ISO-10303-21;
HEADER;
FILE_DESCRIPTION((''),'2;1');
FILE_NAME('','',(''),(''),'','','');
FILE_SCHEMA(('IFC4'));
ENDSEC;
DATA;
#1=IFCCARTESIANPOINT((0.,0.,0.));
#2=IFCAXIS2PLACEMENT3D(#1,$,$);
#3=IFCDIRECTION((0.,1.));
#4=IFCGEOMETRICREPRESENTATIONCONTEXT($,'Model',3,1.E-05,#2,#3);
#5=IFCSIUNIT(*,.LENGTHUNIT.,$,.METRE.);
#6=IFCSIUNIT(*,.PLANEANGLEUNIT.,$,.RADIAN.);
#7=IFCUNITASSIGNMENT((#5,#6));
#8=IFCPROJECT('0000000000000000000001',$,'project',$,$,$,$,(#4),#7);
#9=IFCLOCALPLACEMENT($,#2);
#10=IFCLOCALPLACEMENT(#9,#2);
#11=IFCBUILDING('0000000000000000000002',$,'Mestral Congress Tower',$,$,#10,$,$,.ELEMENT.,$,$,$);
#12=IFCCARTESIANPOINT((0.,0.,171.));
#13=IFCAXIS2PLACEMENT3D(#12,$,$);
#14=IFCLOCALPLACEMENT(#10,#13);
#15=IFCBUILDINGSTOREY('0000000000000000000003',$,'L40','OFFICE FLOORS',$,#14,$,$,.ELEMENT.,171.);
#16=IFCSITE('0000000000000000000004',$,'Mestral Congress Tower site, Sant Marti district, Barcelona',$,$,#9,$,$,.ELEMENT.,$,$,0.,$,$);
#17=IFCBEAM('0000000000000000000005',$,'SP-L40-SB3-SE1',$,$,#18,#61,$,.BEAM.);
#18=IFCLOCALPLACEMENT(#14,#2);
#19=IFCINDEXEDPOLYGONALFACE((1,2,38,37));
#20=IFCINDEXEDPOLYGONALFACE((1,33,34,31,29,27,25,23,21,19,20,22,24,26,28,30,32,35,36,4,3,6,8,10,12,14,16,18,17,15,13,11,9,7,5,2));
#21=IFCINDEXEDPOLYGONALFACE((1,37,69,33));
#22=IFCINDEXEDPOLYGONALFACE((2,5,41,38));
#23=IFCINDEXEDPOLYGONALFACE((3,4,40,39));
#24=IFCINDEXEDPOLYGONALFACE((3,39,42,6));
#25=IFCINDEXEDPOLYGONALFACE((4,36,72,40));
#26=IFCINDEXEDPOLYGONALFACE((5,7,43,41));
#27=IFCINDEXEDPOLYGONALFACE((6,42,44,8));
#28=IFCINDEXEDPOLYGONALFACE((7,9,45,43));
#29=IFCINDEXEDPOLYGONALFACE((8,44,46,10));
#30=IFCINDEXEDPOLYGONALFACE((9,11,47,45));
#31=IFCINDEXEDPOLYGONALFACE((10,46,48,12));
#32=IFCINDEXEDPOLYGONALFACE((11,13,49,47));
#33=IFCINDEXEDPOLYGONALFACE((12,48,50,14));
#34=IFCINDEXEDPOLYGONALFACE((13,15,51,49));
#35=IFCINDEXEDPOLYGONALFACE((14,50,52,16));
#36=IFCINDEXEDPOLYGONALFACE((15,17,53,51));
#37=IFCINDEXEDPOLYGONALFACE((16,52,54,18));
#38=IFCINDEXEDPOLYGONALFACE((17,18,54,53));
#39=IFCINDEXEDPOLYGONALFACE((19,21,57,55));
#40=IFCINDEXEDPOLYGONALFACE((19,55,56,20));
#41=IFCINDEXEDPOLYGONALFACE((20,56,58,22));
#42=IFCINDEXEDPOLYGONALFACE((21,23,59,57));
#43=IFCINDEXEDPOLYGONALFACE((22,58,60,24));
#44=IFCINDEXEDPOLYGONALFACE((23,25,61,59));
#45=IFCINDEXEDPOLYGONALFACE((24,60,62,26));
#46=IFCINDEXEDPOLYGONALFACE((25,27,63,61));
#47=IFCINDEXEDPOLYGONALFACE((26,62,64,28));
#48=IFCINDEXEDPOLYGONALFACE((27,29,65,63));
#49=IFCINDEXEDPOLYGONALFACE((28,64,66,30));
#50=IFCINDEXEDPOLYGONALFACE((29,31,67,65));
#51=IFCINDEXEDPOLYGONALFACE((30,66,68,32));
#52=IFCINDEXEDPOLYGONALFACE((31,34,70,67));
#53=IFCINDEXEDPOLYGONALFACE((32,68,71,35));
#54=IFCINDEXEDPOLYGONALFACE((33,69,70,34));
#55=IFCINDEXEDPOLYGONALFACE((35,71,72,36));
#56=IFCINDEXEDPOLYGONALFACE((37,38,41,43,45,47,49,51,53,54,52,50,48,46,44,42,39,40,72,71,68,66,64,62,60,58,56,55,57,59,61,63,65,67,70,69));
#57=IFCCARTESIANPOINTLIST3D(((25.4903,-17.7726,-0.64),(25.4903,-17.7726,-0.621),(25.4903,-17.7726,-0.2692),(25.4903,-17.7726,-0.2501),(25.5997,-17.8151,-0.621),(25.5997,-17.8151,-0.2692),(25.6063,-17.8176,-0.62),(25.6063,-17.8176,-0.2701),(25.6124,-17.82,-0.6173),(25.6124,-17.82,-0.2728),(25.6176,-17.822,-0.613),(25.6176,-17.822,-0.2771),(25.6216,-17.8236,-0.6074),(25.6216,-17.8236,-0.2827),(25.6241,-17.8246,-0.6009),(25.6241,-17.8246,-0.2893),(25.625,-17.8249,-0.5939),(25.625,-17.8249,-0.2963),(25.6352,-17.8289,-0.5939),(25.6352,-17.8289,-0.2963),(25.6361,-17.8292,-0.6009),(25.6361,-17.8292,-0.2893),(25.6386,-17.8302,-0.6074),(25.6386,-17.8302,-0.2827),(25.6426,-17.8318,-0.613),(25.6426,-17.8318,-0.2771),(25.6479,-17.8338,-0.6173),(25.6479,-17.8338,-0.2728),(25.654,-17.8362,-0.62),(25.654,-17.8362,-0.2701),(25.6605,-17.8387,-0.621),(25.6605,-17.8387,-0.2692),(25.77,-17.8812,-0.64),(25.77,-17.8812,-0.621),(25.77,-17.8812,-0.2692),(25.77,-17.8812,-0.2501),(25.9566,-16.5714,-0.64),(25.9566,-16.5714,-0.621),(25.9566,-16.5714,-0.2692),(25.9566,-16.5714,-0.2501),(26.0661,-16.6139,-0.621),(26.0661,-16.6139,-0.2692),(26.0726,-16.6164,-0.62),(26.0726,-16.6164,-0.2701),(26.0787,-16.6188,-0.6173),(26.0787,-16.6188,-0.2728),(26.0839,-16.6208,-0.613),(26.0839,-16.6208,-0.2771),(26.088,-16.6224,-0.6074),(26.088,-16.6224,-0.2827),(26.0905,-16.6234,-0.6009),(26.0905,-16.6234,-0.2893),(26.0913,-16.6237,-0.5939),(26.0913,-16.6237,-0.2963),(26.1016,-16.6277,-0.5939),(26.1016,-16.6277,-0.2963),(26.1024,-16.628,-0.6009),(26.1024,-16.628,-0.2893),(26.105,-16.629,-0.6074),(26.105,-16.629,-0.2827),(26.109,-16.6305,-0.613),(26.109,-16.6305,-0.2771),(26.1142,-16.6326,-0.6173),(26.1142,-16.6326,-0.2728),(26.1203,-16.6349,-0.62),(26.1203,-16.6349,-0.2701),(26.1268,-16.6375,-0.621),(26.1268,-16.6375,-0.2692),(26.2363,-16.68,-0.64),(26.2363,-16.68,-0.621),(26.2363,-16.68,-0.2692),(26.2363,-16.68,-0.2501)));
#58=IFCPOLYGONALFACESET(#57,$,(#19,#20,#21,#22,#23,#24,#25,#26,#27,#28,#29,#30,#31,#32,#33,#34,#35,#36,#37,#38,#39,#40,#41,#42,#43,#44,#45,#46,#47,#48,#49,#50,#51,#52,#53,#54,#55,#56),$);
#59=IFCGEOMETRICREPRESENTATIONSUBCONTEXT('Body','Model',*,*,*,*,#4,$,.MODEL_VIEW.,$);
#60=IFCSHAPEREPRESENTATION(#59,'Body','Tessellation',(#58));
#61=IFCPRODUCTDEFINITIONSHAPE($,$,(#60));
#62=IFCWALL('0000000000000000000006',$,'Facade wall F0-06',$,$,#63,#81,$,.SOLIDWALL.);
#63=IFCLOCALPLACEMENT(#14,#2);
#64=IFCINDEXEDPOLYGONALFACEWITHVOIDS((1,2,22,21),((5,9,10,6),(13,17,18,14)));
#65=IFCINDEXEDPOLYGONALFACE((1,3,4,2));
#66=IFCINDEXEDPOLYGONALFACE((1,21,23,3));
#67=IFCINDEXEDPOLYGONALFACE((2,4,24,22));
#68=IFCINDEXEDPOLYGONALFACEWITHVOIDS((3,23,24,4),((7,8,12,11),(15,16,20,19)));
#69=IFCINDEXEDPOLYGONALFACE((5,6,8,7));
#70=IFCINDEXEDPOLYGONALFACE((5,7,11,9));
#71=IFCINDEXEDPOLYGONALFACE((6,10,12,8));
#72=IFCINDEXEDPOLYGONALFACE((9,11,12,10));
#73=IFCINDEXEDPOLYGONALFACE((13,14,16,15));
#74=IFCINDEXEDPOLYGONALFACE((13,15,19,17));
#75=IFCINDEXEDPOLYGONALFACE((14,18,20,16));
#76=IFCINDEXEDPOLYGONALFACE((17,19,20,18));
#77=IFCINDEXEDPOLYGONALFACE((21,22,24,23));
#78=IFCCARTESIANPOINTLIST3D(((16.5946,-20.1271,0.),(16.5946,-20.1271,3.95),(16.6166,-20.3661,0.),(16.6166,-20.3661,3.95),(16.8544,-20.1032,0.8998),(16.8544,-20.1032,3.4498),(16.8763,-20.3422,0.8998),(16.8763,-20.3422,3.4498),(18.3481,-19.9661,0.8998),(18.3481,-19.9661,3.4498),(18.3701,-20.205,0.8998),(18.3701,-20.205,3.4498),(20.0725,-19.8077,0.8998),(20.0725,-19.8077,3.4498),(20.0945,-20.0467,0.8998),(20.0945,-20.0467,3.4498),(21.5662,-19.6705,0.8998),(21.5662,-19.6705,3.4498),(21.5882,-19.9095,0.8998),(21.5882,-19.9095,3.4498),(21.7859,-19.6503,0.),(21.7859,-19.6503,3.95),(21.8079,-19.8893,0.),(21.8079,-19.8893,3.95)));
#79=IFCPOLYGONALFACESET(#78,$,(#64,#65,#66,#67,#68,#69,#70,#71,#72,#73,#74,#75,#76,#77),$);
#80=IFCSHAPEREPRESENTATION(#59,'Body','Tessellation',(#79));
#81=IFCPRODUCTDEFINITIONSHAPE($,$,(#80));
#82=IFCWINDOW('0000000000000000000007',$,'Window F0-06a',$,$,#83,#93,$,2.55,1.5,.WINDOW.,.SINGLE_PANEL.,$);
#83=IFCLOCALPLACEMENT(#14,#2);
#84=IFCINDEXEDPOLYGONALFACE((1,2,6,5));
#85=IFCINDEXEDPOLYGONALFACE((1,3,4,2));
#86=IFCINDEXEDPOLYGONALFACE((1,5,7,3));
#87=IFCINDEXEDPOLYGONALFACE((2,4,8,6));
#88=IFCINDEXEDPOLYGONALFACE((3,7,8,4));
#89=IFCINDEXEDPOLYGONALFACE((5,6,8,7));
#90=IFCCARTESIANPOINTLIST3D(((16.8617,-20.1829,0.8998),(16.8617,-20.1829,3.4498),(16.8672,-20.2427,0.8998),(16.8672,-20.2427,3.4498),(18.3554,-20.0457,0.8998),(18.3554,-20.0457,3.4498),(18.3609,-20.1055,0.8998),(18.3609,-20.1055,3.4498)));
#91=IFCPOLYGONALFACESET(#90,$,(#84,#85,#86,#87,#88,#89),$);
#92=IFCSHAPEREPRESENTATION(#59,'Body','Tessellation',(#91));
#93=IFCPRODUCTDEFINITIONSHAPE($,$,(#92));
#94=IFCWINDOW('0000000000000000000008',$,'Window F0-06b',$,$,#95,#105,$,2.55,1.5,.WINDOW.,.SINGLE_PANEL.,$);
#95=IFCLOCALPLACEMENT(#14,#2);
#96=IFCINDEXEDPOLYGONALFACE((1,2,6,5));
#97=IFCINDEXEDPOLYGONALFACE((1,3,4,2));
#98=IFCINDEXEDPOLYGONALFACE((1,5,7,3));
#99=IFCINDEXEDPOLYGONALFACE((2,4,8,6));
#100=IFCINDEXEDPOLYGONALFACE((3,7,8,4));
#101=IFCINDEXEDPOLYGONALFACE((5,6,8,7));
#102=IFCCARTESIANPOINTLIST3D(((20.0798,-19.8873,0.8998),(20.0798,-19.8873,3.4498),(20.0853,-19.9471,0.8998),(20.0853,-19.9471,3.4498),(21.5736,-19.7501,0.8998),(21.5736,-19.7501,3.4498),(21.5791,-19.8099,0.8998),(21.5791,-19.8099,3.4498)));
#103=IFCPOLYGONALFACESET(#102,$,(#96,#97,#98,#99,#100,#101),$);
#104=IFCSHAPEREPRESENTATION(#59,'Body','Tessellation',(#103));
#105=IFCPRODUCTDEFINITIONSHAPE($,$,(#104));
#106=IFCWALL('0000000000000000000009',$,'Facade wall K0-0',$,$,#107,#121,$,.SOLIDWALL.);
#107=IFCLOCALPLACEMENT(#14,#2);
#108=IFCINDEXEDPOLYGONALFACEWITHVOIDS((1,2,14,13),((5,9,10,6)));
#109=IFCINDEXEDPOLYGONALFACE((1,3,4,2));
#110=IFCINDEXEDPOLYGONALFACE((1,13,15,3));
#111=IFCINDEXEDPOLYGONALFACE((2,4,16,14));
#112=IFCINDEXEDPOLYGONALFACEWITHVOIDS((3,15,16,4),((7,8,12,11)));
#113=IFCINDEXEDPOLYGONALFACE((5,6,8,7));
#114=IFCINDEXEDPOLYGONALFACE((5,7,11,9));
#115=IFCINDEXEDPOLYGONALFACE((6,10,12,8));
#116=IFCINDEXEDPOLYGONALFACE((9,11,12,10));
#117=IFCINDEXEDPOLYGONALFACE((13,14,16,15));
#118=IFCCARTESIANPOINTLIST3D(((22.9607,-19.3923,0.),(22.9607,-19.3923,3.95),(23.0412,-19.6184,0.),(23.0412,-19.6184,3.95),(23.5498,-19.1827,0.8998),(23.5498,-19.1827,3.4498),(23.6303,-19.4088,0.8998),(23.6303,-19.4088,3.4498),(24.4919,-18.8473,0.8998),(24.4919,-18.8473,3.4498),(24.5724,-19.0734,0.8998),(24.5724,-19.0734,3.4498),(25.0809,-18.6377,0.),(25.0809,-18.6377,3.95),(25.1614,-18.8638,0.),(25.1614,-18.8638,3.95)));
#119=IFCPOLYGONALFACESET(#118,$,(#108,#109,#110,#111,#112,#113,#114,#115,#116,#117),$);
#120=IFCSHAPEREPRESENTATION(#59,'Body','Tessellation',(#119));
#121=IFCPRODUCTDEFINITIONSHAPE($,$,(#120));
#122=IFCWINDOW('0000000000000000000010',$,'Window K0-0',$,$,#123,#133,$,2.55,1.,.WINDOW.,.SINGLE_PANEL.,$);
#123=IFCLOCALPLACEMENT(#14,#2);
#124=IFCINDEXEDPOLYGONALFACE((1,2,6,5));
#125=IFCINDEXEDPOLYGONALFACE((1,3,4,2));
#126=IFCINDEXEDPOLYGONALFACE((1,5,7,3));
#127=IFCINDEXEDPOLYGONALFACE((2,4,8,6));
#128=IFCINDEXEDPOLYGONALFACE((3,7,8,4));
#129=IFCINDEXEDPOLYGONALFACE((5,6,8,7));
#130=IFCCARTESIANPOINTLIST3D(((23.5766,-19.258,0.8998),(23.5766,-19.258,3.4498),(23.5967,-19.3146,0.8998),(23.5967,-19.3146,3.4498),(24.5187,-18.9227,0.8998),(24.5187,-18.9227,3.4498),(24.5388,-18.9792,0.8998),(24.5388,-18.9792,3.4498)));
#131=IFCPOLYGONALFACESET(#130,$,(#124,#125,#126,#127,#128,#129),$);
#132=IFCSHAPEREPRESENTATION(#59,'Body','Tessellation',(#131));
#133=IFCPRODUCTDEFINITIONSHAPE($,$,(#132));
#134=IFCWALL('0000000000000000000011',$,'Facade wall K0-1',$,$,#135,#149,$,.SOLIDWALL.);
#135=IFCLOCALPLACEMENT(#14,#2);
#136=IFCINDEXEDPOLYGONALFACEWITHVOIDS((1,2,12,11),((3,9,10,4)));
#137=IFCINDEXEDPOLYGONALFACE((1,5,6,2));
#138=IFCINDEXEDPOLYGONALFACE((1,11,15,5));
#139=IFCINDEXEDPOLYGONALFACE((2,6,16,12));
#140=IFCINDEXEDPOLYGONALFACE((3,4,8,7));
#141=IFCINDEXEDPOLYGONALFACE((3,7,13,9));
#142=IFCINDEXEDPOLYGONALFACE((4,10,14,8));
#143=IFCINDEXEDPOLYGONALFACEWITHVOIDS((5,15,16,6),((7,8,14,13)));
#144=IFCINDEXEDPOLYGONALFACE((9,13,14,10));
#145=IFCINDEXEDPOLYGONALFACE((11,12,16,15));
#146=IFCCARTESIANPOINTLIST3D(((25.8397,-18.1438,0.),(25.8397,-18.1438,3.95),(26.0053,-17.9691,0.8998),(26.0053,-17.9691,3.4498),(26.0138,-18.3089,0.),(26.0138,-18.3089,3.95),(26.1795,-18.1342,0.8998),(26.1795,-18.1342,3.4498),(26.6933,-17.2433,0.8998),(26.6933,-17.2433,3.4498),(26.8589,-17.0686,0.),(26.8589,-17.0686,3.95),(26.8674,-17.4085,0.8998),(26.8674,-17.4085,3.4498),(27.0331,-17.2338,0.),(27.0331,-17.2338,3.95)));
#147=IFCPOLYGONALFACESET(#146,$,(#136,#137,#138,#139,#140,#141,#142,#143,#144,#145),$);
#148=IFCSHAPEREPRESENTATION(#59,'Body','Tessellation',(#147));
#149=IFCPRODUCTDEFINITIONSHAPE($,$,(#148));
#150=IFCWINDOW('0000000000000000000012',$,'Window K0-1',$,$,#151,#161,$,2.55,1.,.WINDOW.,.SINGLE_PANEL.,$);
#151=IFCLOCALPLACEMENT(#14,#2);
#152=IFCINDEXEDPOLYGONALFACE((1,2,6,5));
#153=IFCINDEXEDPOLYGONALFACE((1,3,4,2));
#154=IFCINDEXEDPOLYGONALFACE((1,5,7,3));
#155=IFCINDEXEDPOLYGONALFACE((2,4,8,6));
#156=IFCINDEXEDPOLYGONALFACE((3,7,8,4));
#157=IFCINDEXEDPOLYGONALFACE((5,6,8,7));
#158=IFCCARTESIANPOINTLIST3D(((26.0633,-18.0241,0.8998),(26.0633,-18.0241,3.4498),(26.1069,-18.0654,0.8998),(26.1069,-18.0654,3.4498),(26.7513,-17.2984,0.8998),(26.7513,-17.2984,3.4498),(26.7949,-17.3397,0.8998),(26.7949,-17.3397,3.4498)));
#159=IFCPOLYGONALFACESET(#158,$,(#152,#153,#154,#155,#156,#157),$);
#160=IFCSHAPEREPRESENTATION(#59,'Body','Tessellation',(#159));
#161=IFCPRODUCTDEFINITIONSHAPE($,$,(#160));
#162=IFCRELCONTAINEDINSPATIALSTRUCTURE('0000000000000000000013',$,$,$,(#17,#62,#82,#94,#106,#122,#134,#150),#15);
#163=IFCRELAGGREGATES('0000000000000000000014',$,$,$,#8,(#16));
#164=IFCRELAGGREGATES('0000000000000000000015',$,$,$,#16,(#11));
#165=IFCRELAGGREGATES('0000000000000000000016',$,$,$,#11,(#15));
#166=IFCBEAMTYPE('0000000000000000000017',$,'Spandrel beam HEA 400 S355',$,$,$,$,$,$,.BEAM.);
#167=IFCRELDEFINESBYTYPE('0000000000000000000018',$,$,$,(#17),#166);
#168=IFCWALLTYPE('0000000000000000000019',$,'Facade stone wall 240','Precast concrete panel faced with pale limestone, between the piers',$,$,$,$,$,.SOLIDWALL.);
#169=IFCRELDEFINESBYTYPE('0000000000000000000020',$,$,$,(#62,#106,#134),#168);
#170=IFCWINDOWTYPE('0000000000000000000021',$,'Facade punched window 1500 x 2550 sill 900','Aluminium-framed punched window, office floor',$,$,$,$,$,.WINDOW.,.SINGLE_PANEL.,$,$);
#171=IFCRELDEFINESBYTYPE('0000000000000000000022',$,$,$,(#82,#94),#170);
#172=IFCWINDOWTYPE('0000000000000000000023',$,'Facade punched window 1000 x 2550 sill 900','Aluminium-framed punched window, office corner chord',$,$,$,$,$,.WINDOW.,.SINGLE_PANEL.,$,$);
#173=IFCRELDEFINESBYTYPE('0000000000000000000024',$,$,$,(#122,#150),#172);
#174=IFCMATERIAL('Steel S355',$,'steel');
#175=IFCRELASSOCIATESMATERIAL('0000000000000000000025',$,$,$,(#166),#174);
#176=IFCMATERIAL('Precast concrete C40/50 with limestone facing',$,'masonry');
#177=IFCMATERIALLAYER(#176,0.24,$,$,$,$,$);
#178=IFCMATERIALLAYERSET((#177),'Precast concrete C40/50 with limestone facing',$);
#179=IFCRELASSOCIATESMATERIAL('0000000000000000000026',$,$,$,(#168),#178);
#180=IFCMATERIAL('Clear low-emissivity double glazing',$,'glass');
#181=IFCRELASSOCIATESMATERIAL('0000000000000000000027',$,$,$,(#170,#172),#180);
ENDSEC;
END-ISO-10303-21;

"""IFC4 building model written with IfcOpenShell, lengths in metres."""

from ifc_helpers import new_model, si_unit, direction, frame, frame_2d, origin, origin_2d, place, context, subcontext, project, spatial, rectangle, i_section, extrude, material, layer, layer_set, material_profile, profile_set, type_object, element, fill, save


model = new_model("IFC4")

# Units and contexts
model_context = context("Model", 3, precision=1e-05, world=origin(), true_north=direction((0.0, 1.0)))
body_context = subcontext(model_context, "Body", "Model", "MODEL_VIEW")
ifc_project = project(units=[si_unit("LENGTHUNIT", "METRE"), si_unit("PLANEANGLEUNIT", "RADIAN")], contexts=[model_context])

# Site, building, storey
site_placement = place(None, origin())
site = spatial("IfcSite", under=ifc_project, at=site_placement, Name="Mestral Congress Tower site, Sant Marti district, Barcelona", CompositionType="ELEMENT", RefElevation=0.0)
building_placement = place(site_placement, origin())
building = spatial("IfcBuilding", under=site, at=building_placement, Name="Mestral Congress Tower", CompositionType="ELEMENT")
storey_placement = place(building_placement, frame((0.0, 0.0, 171.0)))
storey = spatial("IfcBuildingStorey", under=building, at=storey_placement, Name="L40", Description="OFFICE FLOORS", CompositionType="ELEMENT", Elevation=171.0)

# Beam
ifc_material_1 = material(Name="Steel S355", Category="steel")
ifc_material_profile_1 = material_profile(ifc_material_1, i_section(OverallWidth=0.3, OverallDepth=0.3899, WebThickness=0.011, FlangeThickness=0.019, FilletRadius=0.0271, at=origin_2d()), Name="HEA 400")
ifc_profile_set_1 = profile_set([ifc_material_profile_1], Name="Steel S355")
beam_type_1 = type_object("IfcBeamType", Name="Spandrel beam HEA 400 S355", PredefinedType="BEAM", material=ifc_profile_set_1)
beam_1_placement = place(storey_placement, frame((25.6301, -17.8269, -0.4451), z_axis=(0.361898, 0.932218, 0.0), x_axis=(-0.932218, 0.361898, 0.0)))
element("IfcBeam", 1, at=beam_1_placement, inside=storey, type_object=beam_type_1, Name="SP-L40-SB3-SE1", PredefinedType="BEAM", context=body_context, shape_type="SweptSolid", body=[
    extrude(i_section(OverallWidth=0.3, OverallDepth=0.3899, WebThickness=0.011, FlangeThickness=0.019, FilletRadius=0.0271, at=origin_2d()), origin(), (0.0, 0.0, 1.0), 1.2886),
])

# Wall, openings, windows
ifc_material_2 = material(Name="Precast concrete C40/50 with limestone facing", Category="masonry")
ifc_layer_1 = layer(ifc_material_2, 0.24)
ifc_layer_set_1 = layer_set([ifc_layer_1], Name="Precast concrete C40/50 with limestone facing")
wall_type_1 = type_object("IfcWallType", Name="Facade stone wall 240", Description="Precast concrete panel faced with pale limestone, between the piers", PredefinedType="SOLIDWALL", material=ifc_layer_set_1)
wall_1_placement = place(storey_placement, frame((16.6057, -20.2466, 0.0), z_axis=(0.0, 0.0, 1.0), x_axis=(0.995809, 0.09146, 0.0)))
wall_1 = element("IfcWall", 2, at=wall_1_placement, inside=storey, type_object=wall_type_1, Name="Facade wall F0-06", PredefinedType="SOLIDWALL", context=body_context, shape_type="SweptSolid", body=[
    extrude(rectangle(XDim=5.2131, YDim=0.24, at=frame_2d((2.6064, 0.0))), origin(), (0.0, 0.0, 1.0), 3.95),
])
opening_1_placement = place(wall_1_placement, frame((0.2607, 0.0, 0.8999)))
opening_1 = element("IfcOpeningElement", 3, at=opening_1_placement, cuts=wall_1, PredefinedType="OPENING", context=body_context, shape_type="SweptSolid", body=[
    extrude(rectangle(XDim=1.5, YDim=2.55, at=frame_2d((0.75, 1.2749))), frame((0.0, 0.1299, 0.0), z_axis=(0.0, -1.0, 0.0), x_axis=(1.0, 0.0, 0.0)), (0.0, 0.0, 1.0), 0.26),
])
opening_2_placement = place(wall_1_placement, frame((3.4924, 0.0, 0.8999)))
opening_2 = element("IfcOpeningElement", 4, at=opening_2_placement, cuts=wall_1, PredefinedType="OPENING", context=body_context, shape_type="SweptSolid", body=[
    extrude(rectangle(XDim=1.5, YDim=2.55, at=frame_2d((0.75, 1.2749))), frame((0.0, 0.1299, 0.0), z_axis=(0.0, -1.0, 0.0), x_axis=(1.0, 0.0, 0.0)), (0.0, 0.0, 1.0), 0.26),
])
ifc_material_3 = material(Name="Clear low-emissivity double glazing", Category="glass")
window_type_1 = type_object("IfcWindowType", Name="Facade punched window 1500 x 2550 sill 900", Description="Aluminium-framed punched window, office floor", PartitioningType="SINGLE_PANEL", PredefinedType="WINDOW", material=ifc_material_3)
window_1_placement = place(opening_1_placement, origin())
window_1 = element("IfcWindow", 5, at=window_1_placement, inside=storey, type_object=window_type_1, Name="Window F0-06a", OverallHeight=2.55, OverallWidth=1.5, PartitioningType="SINGLE_PANEL", PredefinedType="WINDOW", context=body_context, shape_type="SweptSolid", body=[
    extrude(rectangle(XDim=1.5, YDim=2.55, at=frame_2d((0.75, 1.2749))), frame((0.0, 0.04, 0.0), z_axis=(0.0, -1.0, 0.0), x_axis=(1.0, 0.0, 0.0)), (0.0, 0.0, 1.0), 0.0601),
])
fill(opening_1, window_1)
window_2_placement = place(opening_2_placement, origin())
window_2 = element("IfcWindow", 6, at=window_2_placement, inside=storey, type_object=window_type_1, Name="Window F0-06b", OverallHeight=2.55, OverallWidth=1.5, PartitioningType="SINGLE_PANEL", PredefinedType="WINDOW", context=body_context, shape_type="SweptSolid", body=[
    extrude(rectangle(XDim=1.5, YDim=2.55, at=frame_2d((0.75, 1.2749))), frame((0.0, 0.04, 0.0), z_axis=(0.0, -1.0, 0.0), x_axis=(1.0, 0.0, 0.0)), (0.0, 0.0, 1.0), 0.0601),
])
fill(opening_2, window_2)

# Walls, openings, windows
wall_2_placement = place(storey_placement, frame((23.001, -19.5054, 0.0), z_axis=(0.0, 0.0, 1.0), x_axis=(0.9421, 0.335333, 0.0)))
wall_2 = element("IfcWall", 7, at=wall_2_placement, inside=storey, type_object=wall_type_1, Name="Facade wall K0-0", PredefinedType="SOLIDWALL", context=body_context, shape_type="SweptSolid", body=[
    extrude(rectangle(XDim=2.2505, YDim=0.24, at=frame_2d((1.1252, 0.0))), origin(), (0.0, 0.0, 1.0), 3.95),
])
opening_3_placement = place(wall_2_placement, frame((0.6252, 0.0, 0.8999)))
opening_3 = element("IfcOpeningElement", 8, at=opening_3_placement, cuts=wall_2, PredefinedType="OPENING", context=body_context, shape_type="SweptSolid", body=[
    extrude(rectangle(XDim=1.0, YDim=2.55, at=frame_2d((0.5, 1.2749))), frame((0.0, 0.1299, 0.0), z_axis=(0.0, -1.0, 0.0), x_axis=(1.0, 0.0, 0.0)), (0.0, 0.0, 1.0), 0.26),
])
window_type_2 = type_object("IfcWindowType", Name="Facade punched window 1000 x 2550 sill 900", Description="Aluminium-framed punched window, office corner chord", PartitioningType="SINGLE_PANEL", PredefinedType="WINDOW", material=ifc_material_3)
window_3_placement = place(opening_3_placement, origin())
window_3 = element("IfcWindow", 9, at=window_3_placement, inside=storey, type_object=window_type_2, Name="Window K0-0", OverallHeight=2.55, OverallWidth=1.0, PartitioningType="SINGLE_PANEL", PredefinedType="WINDOW", context=body_context, shape_type="SweptSolid", body=[
    extrude(rectangle(XDim=1.0, YDim=2.55, at=frame_2d((0.5, 1.2749))), frame((0.0, 0.04, 0.0), z_axis=(0.0, -1.0, 0.0), x_axis=(1.0, 0.0, 0.0)), (0.0, 0.0, 1.0), 0.0601),
])
fill(opening_3, window_3)
wall_3_placement = place(storey_placement, frame((25.9268, -18.2263, 0.0), z_axis=(0.0, 0.0, 1.0), x_axis=(0.687987, 0.725723, 0.0)))
wall_3 = element("IfcWall", 10, at=wall_3_placement, inside=storey, type_object=wall_type_1, Name="Facade wall K0-1", PredefinedType="SOLIDWALL", context=body_context, shape_type="SweptSolid", body=[
    extrude(rectangle(XDim=1.4814, YDim=0.24, at=frame_2d((0.7407, 0.0))), origin(), (0.0, 0.0, 1.0), 3.95),
])
opening_4_placement = place(wall_3_placement, frame((0.2407, 0.0, 0.8999)))
opening_4 = element("IfcOpeningElement", 11, at=opening_4_placement, cuts=wall_3, PredefinedType="OPENING", context=body_context, shape_type="SweptSolid", body=[
    extrude(rectangle(XDim=1.0, YDim=2.55, at=frame_2d((0.5, 1.2749))), frame((0.0, 0.1299, 0.0), z_axis=(0.0, -1.0, 0.0), x_axis=(1.0, 0.0, 0.0)), (0.0, 0.0, 1.0), 0.26),
])
window_4_placement = place(opening_4_placement, origin())
window_4 = element("IfcWindow", 12, at=window_4_placement, inside=storey, type_object=window_type_2, Name="Window K0-1", OverallHeight=2.55, OverallWidth=1.0, PartitioningType="SINGLE_PANEL", PredefinedType="WINDOW", context=body_context, shape_type="SweptSolid", body=[
    extrude(rectangle(XDim=1.0, YDim=2.55, at=frame_2d((0.5, 1.2749))), frame((0.0, 0.04, 0.0), z_axis=(0.0, -1.0, 0.0), x_axis=(1.0, 0.0, 0.0)), (0.0, 0.0, 1.0), 0.0601),
])
fill(opening_4, window_4)

save(model, "model.ifc")
